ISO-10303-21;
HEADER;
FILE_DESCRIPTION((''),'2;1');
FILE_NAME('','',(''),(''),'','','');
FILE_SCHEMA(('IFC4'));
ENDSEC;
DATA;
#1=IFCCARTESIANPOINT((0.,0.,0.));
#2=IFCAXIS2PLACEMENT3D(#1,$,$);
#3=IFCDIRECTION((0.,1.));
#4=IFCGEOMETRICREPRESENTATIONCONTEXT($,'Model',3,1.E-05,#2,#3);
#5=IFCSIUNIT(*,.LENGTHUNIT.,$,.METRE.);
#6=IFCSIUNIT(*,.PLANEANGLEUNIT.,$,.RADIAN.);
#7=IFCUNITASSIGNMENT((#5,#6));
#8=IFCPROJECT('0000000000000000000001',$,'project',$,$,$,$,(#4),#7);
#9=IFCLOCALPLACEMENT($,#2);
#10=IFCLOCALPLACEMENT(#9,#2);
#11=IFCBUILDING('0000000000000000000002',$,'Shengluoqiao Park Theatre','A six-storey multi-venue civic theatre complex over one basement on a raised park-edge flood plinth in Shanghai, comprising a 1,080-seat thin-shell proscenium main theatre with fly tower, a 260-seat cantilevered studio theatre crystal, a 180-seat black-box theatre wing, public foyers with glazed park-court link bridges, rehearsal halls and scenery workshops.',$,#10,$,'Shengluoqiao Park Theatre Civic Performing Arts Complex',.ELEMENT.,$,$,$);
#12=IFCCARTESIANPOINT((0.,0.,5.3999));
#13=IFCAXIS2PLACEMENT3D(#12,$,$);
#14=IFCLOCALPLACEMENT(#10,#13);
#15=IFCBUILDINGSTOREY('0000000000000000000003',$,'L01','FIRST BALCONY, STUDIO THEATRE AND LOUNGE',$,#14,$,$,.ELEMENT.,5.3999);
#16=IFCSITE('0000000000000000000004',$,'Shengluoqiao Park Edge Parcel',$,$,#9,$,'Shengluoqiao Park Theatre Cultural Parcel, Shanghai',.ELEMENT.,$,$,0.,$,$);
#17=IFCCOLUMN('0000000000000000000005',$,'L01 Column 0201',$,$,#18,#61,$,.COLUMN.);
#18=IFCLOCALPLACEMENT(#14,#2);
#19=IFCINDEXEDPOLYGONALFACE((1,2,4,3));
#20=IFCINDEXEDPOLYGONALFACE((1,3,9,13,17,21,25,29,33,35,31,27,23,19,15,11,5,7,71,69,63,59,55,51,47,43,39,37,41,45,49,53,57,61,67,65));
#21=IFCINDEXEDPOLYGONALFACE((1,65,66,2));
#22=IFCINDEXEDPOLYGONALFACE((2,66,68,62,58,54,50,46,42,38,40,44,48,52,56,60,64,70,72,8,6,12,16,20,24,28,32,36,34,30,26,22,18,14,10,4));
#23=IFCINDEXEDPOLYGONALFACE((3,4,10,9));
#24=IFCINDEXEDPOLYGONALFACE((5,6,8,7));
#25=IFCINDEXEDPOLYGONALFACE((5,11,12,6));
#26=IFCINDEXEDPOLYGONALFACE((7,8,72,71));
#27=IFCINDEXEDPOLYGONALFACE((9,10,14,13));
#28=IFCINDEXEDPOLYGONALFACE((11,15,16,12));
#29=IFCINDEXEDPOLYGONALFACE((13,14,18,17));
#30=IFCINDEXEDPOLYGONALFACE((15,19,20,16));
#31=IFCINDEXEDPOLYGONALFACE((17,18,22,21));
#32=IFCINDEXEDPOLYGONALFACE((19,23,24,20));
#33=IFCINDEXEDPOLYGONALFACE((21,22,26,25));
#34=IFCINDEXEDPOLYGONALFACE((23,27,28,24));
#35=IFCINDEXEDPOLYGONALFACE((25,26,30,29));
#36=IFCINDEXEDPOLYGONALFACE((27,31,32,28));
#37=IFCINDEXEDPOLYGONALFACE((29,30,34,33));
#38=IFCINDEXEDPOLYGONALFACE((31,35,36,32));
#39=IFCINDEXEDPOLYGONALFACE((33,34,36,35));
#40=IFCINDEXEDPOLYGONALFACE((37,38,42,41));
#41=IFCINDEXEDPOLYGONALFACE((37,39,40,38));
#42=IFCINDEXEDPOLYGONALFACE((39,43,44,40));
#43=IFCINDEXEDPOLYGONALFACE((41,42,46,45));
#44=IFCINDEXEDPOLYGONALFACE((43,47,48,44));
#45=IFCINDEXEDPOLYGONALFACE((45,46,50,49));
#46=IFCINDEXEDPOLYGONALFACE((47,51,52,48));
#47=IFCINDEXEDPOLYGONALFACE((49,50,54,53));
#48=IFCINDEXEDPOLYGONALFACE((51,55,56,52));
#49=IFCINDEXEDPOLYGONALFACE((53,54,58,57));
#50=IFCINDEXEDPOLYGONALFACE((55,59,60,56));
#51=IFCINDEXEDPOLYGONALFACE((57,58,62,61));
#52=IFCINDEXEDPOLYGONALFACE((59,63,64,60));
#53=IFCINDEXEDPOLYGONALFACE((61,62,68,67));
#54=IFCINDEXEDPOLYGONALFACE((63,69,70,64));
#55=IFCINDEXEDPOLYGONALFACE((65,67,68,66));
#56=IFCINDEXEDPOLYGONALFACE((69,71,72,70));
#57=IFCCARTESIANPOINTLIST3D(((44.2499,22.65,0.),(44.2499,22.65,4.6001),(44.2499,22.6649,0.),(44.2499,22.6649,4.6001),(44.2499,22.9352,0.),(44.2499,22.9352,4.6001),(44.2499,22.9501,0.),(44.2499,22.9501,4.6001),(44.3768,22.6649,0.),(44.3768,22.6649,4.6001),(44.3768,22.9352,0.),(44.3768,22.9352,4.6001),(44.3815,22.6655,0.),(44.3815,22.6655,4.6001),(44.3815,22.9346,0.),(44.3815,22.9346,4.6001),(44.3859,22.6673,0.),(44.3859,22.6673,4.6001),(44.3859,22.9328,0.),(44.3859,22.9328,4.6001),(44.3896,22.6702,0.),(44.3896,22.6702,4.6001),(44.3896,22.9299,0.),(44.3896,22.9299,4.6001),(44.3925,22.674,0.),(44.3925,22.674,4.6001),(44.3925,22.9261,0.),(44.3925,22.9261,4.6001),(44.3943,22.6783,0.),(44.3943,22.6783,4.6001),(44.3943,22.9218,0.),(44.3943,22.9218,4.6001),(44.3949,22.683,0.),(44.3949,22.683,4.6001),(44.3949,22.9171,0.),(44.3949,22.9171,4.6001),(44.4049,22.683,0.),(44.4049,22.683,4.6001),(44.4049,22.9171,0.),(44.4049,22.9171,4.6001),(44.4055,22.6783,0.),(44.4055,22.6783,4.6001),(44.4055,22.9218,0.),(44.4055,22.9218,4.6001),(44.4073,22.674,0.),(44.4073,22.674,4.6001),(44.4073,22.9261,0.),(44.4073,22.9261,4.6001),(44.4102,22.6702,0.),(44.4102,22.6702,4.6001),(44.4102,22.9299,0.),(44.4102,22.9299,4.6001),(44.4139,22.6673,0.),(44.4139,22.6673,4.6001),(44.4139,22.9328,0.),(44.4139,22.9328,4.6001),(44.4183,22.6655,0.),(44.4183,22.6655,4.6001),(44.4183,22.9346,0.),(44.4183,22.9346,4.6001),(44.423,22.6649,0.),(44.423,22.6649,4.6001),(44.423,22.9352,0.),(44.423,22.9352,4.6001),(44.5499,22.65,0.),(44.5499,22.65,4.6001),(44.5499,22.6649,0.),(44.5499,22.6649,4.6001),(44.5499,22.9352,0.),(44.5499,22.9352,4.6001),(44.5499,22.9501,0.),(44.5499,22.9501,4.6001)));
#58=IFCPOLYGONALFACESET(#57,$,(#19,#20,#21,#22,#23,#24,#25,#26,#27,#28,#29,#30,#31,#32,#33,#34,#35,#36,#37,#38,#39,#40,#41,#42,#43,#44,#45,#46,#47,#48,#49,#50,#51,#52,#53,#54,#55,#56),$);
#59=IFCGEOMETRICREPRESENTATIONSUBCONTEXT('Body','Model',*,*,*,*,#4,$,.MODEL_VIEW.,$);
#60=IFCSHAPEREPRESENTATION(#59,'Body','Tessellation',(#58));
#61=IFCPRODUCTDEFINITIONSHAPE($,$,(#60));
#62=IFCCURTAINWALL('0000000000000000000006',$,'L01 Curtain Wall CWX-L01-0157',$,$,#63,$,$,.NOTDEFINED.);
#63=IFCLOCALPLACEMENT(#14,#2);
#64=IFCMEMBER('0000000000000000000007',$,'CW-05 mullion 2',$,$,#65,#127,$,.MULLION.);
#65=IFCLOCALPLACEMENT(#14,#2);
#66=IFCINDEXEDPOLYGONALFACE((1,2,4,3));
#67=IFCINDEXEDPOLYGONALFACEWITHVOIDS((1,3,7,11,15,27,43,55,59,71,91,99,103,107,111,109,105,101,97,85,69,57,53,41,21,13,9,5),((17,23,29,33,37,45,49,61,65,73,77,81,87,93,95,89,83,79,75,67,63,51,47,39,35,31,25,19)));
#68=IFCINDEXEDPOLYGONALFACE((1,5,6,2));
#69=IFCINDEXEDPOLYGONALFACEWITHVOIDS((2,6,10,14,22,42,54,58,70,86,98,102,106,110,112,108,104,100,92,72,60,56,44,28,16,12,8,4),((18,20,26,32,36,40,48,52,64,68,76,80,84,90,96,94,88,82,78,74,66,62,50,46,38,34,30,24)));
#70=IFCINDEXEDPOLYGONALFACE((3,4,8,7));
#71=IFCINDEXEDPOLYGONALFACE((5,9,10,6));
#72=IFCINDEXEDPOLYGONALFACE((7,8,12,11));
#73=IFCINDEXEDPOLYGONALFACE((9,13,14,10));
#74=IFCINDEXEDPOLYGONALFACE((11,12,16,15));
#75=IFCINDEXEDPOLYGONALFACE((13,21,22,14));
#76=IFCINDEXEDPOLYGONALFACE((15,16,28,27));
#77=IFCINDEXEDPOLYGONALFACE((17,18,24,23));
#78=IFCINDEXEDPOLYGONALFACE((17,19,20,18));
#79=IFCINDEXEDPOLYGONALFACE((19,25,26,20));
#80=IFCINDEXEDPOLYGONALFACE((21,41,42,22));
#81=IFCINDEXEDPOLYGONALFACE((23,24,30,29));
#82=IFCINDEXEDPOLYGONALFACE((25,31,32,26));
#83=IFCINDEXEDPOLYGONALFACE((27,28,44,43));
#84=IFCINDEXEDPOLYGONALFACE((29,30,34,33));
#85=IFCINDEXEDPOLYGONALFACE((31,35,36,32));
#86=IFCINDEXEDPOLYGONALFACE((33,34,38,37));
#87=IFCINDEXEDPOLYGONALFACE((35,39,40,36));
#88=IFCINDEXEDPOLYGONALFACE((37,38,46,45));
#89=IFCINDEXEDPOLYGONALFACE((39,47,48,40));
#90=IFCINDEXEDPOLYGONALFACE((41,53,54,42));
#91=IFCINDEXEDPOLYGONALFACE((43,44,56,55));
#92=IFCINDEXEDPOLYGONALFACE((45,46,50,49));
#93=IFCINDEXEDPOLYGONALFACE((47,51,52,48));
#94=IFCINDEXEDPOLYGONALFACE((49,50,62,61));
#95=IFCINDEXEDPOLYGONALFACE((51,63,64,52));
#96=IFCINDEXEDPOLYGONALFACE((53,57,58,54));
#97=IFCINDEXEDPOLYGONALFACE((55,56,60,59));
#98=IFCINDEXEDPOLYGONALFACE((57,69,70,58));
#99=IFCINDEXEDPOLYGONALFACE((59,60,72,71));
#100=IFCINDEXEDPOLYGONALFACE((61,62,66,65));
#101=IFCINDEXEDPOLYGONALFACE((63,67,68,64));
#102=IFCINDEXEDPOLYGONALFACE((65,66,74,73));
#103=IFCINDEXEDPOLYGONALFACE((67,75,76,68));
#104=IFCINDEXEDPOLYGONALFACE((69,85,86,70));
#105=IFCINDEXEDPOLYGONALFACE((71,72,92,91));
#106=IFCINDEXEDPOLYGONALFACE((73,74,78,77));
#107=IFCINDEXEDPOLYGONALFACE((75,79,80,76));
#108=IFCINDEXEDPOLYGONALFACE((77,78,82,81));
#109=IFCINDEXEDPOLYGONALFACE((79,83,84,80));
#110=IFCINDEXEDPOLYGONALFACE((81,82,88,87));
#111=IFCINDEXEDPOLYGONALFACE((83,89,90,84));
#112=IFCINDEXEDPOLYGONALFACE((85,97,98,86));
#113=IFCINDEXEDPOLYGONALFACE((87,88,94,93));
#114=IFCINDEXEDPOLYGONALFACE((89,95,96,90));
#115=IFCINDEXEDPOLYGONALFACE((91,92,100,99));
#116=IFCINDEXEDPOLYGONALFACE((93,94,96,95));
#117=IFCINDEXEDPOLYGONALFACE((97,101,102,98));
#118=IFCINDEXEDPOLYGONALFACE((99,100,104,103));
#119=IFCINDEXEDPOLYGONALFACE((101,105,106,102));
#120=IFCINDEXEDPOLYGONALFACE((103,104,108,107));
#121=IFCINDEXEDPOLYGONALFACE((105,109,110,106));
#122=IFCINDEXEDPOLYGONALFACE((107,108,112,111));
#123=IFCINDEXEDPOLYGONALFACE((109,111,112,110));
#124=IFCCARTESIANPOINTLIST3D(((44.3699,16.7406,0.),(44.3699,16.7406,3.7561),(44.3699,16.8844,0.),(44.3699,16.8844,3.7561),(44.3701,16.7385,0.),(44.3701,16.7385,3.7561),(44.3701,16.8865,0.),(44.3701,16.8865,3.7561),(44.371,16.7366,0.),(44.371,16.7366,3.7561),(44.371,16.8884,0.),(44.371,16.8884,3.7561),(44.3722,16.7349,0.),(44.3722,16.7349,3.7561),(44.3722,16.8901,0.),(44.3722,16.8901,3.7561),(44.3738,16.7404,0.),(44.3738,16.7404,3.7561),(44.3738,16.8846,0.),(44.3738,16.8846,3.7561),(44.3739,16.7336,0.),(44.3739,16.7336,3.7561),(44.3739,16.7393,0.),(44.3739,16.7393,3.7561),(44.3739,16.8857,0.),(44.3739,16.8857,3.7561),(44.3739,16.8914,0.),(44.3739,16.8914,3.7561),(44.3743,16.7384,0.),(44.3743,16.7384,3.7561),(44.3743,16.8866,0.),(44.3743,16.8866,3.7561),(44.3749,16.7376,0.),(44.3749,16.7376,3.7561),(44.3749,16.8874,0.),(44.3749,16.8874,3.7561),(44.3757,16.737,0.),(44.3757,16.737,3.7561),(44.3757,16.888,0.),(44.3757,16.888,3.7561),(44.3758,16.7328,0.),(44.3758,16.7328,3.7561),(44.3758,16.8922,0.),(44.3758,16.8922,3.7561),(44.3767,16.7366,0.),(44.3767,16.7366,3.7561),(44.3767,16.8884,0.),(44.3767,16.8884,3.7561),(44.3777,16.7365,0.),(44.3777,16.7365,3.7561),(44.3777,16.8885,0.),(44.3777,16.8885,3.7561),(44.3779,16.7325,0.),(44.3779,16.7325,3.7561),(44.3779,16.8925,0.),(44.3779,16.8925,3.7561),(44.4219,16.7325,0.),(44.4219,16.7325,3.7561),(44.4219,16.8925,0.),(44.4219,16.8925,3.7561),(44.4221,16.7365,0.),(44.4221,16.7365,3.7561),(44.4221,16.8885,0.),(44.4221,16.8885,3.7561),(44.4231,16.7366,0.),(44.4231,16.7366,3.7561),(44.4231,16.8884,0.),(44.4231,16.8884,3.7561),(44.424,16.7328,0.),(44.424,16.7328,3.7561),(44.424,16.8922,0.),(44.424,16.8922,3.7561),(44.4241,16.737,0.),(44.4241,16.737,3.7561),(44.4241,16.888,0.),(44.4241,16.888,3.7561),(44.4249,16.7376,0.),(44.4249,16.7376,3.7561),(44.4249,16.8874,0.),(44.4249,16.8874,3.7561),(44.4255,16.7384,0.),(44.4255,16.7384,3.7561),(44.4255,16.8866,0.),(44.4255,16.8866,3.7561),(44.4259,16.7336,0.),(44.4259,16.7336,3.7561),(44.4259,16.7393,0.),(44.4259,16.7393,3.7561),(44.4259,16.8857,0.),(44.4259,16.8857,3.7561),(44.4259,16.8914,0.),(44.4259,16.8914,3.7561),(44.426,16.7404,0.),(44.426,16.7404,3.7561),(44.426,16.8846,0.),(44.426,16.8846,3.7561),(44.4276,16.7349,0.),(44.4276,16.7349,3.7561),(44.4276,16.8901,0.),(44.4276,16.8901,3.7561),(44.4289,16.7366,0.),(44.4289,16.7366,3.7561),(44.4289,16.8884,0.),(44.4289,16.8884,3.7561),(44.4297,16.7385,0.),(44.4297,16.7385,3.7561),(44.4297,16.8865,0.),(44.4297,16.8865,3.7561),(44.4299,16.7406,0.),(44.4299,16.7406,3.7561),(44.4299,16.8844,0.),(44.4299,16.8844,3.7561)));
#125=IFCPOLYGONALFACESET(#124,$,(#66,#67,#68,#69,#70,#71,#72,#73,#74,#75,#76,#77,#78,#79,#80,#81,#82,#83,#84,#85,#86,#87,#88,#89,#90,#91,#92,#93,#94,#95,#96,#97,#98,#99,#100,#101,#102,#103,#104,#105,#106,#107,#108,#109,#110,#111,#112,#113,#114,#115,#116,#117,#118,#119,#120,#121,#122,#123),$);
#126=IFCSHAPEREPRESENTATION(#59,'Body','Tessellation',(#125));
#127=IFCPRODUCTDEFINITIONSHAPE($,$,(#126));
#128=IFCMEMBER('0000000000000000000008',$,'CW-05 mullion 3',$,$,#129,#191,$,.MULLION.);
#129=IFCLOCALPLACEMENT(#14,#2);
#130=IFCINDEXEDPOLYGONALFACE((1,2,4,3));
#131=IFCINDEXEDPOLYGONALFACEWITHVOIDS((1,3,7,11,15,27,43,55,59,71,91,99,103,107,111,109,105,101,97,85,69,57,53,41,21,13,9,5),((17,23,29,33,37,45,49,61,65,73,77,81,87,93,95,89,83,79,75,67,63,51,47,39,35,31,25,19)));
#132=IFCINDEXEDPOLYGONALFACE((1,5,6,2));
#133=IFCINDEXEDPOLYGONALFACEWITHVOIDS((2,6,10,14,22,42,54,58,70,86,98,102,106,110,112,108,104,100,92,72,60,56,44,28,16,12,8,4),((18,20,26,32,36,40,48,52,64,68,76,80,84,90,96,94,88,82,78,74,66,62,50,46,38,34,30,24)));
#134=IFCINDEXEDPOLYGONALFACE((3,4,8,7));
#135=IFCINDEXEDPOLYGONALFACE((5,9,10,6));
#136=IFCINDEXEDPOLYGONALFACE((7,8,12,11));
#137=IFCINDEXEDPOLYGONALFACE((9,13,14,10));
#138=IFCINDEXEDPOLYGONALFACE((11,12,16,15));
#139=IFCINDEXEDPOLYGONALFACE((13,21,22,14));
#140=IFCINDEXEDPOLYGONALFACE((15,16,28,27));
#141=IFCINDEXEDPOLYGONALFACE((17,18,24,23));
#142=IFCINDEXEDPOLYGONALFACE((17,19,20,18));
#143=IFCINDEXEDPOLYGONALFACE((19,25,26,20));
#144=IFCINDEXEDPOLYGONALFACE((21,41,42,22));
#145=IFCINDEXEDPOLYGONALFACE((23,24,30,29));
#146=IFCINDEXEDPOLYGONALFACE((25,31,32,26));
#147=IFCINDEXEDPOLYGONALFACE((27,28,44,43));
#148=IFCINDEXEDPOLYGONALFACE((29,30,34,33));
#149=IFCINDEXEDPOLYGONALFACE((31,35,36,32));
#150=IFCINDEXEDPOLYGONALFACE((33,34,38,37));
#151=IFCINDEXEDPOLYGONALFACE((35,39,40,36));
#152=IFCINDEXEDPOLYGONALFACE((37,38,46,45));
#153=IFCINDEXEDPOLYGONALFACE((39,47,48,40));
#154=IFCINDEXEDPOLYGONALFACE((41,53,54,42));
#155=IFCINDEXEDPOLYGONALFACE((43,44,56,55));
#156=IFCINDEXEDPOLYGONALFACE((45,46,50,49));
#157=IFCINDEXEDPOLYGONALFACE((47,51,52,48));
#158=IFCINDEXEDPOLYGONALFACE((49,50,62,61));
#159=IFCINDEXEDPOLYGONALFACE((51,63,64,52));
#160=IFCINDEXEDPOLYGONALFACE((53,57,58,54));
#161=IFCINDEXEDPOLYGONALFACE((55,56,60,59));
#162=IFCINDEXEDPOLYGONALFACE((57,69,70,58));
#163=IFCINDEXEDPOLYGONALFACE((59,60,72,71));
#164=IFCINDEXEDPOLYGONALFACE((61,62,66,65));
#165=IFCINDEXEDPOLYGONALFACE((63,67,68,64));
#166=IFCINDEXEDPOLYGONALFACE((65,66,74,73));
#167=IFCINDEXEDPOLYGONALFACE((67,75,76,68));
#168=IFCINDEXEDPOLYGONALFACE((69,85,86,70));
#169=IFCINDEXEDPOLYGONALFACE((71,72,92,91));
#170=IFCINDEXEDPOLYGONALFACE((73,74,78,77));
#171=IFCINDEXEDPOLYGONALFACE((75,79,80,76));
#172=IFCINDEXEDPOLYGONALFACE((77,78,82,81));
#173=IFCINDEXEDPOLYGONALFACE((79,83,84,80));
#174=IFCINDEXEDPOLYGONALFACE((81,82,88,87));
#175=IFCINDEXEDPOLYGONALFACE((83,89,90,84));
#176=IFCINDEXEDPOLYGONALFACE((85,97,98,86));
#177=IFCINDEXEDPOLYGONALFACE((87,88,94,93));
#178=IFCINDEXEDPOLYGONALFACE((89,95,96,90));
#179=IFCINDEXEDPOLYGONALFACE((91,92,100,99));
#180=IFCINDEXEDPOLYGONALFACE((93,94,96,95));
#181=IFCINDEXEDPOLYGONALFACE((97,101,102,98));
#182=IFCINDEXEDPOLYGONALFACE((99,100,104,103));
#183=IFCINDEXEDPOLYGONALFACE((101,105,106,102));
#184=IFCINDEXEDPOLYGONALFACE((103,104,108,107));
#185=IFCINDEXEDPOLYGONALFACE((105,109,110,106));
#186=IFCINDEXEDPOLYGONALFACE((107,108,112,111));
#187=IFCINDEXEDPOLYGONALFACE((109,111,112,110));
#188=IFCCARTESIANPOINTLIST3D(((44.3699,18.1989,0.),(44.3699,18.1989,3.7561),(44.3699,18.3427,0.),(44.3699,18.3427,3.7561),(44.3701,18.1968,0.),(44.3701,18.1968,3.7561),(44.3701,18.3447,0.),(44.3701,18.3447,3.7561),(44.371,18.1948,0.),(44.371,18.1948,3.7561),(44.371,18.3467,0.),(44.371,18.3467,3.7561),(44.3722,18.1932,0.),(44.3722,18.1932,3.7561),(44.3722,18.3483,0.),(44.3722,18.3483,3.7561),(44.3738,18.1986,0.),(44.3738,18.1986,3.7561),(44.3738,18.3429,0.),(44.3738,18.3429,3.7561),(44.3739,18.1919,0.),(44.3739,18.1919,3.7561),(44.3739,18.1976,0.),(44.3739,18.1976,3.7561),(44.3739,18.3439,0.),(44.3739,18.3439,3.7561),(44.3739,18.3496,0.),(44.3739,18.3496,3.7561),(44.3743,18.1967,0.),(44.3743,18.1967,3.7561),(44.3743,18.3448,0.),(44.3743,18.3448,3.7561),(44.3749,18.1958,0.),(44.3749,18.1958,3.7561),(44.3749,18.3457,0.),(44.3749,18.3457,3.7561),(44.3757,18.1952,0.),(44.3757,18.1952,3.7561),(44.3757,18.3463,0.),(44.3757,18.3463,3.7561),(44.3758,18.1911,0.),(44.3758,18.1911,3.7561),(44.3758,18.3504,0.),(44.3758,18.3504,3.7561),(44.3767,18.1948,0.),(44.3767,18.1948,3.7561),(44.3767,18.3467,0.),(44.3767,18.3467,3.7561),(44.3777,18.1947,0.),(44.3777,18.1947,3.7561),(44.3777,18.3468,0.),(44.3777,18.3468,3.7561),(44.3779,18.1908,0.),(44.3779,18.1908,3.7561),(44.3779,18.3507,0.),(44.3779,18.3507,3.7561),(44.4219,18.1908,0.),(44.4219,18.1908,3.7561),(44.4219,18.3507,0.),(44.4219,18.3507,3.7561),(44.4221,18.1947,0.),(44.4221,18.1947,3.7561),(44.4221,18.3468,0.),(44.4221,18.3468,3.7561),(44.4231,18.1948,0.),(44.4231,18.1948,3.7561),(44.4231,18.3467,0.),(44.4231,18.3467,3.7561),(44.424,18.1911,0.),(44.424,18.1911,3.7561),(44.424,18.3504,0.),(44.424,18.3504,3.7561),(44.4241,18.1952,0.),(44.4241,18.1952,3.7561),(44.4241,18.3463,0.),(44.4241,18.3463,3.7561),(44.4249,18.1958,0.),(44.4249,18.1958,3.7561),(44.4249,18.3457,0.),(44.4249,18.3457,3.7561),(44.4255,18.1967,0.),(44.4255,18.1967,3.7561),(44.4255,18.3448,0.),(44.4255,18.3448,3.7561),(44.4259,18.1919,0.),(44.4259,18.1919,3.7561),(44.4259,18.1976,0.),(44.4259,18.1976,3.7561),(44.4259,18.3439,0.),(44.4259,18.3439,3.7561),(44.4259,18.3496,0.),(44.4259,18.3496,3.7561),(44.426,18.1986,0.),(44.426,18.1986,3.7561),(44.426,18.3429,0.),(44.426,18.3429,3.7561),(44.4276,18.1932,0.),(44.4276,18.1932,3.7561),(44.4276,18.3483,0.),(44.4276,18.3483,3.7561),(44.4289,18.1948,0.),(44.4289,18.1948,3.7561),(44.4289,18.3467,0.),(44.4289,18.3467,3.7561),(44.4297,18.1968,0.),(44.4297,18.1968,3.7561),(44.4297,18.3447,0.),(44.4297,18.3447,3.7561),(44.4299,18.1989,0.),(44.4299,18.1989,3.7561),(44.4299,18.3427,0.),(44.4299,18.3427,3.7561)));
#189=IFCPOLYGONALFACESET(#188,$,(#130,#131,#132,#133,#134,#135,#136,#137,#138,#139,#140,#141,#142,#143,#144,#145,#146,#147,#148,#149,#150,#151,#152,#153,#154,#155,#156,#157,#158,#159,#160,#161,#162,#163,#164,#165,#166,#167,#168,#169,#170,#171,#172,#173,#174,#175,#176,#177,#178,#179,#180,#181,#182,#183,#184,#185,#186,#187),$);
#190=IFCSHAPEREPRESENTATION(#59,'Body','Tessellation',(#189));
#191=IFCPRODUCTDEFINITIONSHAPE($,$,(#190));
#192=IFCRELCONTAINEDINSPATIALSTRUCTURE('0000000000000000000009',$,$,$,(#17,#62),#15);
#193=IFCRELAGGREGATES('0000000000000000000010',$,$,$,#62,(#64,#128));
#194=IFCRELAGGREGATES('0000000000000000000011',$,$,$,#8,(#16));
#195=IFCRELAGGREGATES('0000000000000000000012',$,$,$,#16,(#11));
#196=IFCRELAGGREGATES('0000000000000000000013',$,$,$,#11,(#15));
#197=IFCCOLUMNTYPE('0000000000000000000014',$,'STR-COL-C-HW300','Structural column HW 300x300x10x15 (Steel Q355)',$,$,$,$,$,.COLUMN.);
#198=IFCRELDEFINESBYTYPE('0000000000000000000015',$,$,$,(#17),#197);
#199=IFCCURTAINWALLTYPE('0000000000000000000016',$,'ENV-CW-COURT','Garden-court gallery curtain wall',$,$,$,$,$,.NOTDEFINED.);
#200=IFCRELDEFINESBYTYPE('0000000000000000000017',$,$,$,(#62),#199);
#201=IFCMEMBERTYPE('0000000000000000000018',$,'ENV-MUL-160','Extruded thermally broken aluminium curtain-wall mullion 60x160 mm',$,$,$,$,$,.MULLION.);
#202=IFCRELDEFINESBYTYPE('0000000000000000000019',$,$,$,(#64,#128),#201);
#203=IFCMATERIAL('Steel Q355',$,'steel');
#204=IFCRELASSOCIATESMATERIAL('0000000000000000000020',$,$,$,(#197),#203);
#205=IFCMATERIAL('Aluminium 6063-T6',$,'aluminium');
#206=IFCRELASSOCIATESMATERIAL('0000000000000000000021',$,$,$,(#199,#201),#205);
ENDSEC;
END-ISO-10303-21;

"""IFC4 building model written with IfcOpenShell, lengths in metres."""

from ifc_helpers import new_model, si_unit, direction, frame, origin, origin_2d, place, context, subcontext, project, spatial, hollow_rectangle, i_section, extrude, material, material_profile, profile_set, type_object, element, aggregate, save


model = new_model("IFC4")

# Units and contexts
model_context = context("Model", 3, precision=1e-05, world=origin(), true_north=direction((0.0, 1.0)))
body_context = subcontext(model_context, "Body", "Model", "MODEL_VIEW")
ifc_project = project(units=[si_unit("LENGTHUNIT", "METRE"), si_unit("PLANEANGLEUNIT", "RADIAN")], contexts=[model_context])

# Site, building, storey
site_placement = place(None, origin())
site = spatial("IfcSite", under=ifc_project, at=site_placement, Name="Shengluoqiao Park Edge Parcel", LongName="Shengluoqiao Park Theatre Cultural Parcel, Shanghai", CompositionType="ELEMENT", RefElevation=0.0)
building_placement = place(site_placement, origin())
building = spatial("IfcBuilding", under=site, at=building_placement, Name="Shengluoqiao Park Theatre", Description="A six-storey multi-venue civic theatre complex over one basement on a raised park-edge flood plinth in Shanghai, comprising a 1,080-seat thin-shell proscenium main theatre with fly tower, a 260-seat cantilevered studio theatre crystal, a 180-seat black-box theatre wing, public foyers with glazed park-court link bridges, rehearsal halls and scenery workshops.", LongName="Shengluoqiao Park Theatre Civic Performing Arts Complex", CompositionType="ELEMENT")
storey_placement = place(building_placement, frame((0.0, 0.0, 5.3999)))
storey = spatial("IfcBuildingStorey", under=building, at=storey_placement, Name="L01", Description="FIRST BALCONY, STUDIO THEATRE AND LOUNGE", CompositionType="ELEMENT", Elevation=5.3999)

# Column
ifc_material_1 = material(Name="Steel Q355", Category="steel")
ifc_material_profile_1 = material_profile(ifc_material_1, i_section(OverallWidth=0.3, OverallDepth=0.3, WebThickness=0.01, FlangeThickness=0.0149, FilletRadius=0.0181, at=origin_2d()), Name="HW 300x300x10x15")
ifc_profile_set_1 = profile_set([ifc_material_profile_1], Name="Steel Q355")
column_type = type_object("IfcColumnType", Name="STR-COL-C-HW300", Description="Structural column HW 300x300x10x15 (Steel Q355)", PredefinedType="COLUMN", material=ifc_profile_set_1)
column_placement = place(storey_placement, frame((44.3999, 22.8, 0.0), z_axis=(0.0, 0.0, 1.0), x_axis=(1.0, 0.0, 0.0)))
element("IfcColumn", 1, at=column_placement, inside=storey, type_object=column_type, Name="L01 Column 0201", PredefinedType="COLUMN", context=body_context, shape_type="SweptSolid", body=[
    extrude(i_section(OverallWidth=0.3, OverallDepth=0.3, WebThickness=0.01, FlangeThickness=0.0149, FilletRadius=0.0181, at=origin_2d()), origin(), (0.0, 0.0, 1.0), 4.6001),
])

# Curtain wall, members
ifc_material_2 = material(Name="Aluminium 6063-T6", Category="aluminium")
curtain_wall_type = type_object("IfcCurtainWallType", Name="ENV-CW-COURT", Description="Garden-court gallery curtain wall", PredefinedType="NOTDEFINED", material=ifc_material_2)
curtain_wall_placement = place(storey_placement, origin())
curtain_wall = element("IfcCurtainWall", 2, at=curtain_wall_placement, inside=storey, type_object=curtain_wall_type, Name="L01 Curtain Wall CWX-L01-0157", PredefinedType="NOTDEFINED")
ifc_material_profile_2 = material_profile(ifc_material_2, hollow_rectangle(XDim=0.0601, YDim=0.1599, WallThickness=0.0039, InnerFilletRadius=0.0039, OuterFilletRadius=0.0081, at=origin_2d()), Name="ALU MULLION 160x60x4")
ifc_profile_set_2 = profile_set([ifc_material_profile_2], Name="Aluminium 6063-T6")
member_type_1 = type_object("IfcMemberType", Name="ENV-MUL-160", Description="Extruded thermally broken aluminium curtain-wall mullion 60x160 mm", PredefinedType="MULLION", material=ifc_profile_set_2)
member_1_placement = place(storey_placement, frame((44.3999, 16.8125, 0.0), z_axis=(0.0, 0.0, 1.0), x_axis=(-1.0, 0.0, 0.0)))
member_1 = element("IfcMember", 3, at=member_1_placement, type_object=member_type_1, Name="CW-05 mullion 2", PredefinedType="MULLION", context=body_context, shape_type="SweptSolid", body=[
    extrude(hollow_rectangle(XDim=0.0601, YDim=0.1599, WallThickness=0.0039, InnerFilletRadius=0.0039, OuterFilletRadius=0.0081, at=origin_2d()), origin(), (0.0, 0.0, 1.0), 3.7561),
])
member_2_placement = place(storey_placement, frame((44.3999, 18.2708, 0.0), z_axis=(0.0, 0.0, 1.0), x_axis=(-1.0, 0.0, 0.0)))
member_2 = element("IfcMember", 4, at=member_2_placement, type_object=member_type_1, Name="CW-05 mullion 3", PredefinedType="MULLION", context=body_context, shape_type="SweptSolid", body=[
    extrude(hollow_rectangle(XDim=0.0601, YDim=0.1599, WallThickness=0.0039, InnerFilletRadius=0.0039, OuterFilletRadius=0.0081, at=origin_2d()), origin(), (0.0, 0.0, 1.0), 3.7561),
])
aggregate(curtain_wall, [member_1, member_2])

save(model, "model.ifc")
